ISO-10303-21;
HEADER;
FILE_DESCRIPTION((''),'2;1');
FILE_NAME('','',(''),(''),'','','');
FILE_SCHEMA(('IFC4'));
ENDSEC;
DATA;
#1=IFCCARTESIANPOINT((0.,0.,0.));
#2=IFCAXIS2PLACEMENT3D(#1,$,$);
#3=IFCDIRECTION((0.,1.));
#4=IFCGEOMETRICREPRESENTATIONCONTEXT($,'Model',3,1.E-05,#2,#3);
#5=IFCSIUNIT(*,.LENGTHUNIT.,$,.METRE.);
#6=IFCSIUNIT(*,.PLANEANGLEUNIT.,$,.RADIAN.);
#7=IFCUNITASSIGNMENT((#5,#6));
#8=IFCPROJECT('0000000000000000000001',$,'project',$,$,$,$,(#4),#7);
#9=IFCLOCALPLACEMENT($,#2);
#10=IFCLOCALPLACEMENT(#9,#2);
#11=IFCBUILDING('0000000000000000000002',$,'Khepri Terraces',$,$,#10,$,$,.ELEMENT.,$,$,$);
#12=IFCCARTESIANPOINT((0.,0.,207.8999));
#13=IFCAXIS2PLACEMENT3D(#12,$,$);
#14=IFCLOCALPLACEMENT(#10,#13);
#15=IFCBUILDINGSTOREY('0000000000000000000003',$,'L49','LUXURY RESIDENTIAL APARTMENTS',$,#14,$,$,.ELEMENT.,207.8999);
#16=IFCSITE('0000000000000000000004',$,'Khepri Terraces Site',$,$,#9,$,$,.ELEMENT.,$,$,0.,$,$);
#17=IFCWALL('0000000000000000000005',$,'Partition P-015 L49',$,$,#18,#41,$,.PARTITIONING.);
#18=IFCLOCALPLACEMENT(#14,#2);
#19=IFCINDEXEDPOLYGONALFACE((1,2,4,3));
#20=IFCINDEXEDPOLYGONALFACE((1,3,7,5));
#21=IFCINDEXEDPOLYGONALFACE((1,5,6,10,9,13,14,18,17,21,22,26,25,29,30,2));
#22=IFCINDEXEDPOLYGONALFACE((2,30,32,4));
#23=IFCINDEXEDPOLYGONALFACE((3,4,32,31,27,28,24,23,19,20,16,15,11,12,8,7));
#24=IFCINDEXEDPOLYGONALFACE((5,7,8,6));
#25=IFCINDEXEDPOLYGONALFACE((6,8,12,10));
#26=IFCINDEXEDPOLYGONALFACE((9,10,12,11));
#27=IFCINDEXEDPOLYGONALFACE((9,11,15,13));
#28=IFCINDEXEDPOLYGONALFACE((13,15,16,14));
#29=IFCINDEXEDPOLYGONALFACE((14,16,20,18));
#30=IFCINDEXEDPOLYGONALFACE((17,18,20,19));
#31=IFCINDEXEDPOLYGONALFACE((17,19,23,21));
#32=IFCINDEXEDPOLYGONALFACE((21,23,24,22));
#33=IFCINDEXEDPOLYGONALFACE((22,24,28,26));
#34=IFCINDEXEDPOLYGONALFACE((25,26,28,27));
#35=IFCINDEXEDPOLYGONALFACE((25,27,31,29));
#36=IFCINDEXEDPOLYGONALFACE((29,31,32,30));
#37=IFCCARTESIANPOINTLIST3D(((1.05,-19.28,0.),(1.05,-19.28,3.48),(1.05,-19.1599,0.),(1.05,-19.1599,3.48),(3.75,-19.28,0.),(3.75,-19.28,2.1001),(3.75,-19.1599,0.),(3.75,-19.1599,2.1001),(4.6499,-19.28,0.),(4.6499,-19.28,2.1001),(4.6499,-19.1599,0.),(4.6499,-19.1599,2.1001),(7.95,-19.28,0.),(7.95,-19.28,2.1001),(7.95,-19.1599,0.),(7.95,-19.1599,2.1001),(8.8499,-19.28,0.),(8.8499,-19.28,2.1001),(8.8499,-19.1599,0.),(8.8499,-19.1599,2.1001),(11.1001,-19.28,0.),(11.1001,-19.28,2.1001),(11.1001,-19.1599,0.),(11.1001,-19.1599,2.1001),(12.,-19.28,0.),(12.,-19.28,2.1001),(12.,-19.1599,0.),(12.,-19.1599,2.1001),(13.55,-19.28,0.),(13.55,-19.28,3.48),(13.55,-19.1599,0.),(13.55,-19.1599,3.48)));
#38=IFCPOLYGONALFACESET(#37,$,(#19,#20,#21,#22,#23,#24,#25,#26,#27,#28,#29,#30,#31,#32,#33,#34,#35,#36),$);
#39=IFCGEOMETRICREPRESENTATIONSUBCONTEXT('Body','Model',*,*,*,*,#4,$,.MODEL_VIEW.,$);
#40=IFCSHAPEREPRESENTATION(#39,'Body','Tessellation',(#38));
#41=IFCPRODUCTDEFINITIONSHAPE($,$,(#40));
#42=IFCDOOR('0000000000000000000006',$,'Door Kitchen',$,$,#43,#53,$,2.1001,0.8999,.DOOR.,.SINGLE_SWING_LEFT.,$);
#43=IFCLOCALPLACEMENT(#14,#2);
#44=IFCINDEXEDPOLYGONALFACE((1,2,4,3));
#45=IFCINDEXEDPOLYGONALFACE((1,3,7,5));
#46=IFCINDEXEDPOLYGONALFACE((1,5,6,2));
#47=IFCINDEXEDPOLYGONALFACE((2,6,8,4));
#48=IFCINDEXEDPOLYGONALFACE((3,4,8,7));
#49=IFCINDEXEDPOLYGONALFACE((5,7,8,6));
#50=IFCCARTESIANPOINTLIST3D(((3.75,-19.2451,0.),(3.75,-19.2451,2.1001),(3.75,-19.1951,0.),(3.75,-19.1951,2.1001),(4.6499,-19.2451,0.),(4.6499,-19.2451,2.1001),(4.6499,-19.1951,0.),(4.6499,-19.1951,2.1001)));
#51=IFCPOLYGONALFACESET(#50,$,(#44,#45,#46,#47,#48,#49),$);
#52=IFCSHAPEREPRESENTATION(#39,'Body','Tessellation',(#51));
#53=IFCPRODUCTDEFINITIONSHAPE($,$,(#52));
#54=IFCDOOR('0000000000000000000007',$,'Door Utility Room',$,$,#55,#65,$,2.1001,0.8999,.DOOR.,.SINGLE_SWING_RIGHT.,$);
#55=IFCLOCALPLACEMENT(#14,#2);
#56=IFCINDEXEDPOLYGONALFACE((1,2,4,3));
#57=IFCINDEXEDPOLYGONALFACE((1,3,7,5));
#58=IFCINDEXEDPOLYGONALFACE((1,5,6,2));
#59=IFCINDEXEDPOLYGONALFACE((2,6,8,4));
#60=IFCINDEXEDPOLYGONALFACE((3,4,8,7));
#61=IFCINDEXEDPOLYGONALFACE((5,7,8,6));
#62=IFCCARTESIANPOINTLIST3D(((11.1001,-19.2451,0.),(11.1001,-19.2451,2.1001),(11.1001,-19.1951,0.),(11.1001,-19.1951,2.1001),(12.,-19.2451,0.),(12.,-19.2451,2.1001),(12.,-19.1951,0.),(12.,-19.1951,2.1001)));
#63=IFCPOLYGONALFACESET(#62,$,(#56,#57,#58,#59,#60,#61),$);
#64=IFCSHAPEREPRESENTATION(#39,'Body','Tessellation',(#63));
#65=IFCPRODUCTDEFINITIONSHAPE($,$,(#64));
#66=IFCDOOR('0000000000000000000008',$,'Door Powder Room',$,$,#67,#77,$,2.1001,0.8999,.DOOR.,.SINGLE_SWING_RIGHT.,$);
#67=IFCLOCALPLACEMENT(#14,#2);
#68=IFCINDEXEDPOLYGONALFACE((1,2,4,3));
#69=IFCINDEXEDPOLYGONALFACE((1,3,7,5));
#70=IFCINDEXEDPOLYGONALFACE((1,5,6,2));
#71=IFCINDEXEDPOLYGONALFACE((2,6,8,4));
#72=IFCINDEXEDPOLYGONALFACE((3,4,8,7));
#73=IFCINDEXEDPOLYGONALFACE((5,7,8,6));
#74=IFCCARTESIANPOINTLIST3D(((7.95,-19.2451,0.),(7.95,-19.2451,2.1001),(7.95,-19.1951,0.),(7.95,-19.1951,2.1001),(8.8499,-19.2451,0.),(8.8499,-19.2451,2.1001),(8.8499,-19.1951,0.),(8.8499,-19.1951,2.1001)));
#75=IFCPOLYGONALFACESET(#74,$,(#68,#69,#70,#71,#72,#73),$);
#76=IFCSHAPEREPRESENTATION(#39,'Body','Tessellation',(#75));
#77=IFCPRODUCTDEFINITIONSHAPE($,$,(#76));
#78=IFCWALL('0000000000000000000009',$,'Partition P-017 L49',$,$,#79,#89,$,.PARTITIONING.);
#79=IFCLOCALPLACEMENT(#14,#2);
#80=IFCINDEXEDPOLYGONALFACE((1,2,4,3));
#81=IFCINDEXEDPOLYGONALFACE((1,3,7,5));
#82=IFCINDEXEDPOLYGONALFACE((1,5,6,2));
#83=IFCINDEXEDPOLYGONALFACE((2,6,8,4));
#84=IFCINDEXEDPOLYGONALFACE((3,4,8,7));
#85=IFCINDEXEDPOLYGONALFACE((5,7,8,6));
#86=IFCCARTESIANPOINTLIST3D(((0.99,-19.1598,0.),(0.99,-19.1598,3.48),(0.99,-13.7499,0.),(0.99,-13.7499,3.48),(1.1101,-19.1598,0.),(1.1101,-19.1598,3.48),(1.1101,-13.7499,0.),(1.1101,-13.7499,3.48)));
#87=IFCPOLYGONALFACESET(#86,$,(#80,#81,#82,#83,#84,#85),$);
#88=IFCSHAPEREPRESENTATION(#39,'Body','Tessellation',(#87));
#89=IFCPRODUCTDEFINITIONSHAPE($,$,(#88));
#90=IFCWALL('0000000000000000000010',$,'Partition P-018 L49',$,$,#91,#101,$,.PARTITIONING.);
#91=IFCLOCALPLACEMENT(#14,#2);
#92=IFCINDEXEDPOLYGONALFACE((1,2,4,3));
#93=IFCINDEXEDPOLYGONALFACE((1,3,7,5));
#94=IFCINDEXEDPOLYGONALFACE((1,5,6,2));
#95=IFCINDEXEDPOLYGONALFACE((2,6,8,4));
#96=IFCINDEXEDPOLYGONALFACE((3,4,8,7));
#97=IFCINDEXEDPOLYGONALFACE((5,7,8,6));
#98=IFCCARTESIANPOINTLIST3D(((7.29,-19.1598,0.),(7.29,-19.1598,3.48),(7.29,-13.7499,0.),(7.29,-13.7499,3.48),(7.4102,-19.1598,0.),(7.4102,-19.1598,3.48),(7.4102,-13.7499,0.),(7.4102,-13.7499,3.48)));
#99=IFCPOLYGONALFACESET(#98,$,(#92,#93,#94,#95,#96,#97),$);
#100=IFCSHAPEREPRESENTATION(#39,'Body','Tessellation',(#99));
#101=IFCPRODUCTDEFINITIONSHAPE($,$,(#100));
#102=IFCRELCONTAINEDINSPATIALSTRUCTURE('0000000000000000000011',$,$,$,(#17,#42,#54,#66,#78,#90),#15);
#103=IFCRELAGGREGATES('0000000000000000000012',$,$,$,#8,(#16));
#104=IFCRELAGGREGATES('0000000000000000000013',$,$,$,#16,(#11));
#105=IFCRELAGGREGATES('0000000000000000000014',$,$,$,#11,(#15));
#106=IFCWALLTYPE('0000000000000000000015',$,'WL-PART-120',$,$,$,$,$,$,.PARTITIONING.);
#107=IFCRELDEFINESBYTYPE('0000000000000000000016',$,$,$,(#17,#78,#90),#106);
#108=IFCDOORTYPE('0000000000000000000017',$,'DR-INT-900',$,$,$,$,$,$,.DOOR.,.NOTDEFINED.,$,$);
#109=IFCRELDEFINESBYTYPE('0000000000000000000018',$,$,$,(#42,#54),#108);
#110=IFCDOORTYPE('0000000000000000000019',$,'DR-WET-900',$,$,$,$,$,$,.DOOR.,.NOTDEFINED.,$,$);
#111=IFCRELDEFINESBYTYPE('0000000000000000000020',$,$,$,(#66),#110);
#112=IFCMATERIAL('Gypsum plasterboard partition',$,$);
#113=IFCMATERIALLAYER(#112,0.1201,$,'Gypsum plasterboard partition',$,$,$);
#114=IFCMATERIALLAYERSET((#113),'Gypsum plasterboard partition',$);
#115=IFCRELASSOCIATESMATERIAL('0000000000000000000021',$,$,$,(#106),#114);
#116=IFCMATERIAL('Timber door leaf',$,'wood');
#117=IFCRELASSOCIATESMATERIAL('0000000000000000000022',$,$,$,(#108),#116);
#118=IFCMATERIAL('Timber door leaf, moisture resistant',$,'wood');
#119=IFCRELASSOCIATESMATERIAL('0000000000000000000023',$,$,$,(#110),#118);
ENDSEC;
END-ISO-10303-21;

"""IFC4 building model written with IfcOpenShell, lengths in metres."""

from ifc_helpers import new_model, si_unit, direction, frame, frame_2d, origin, place, context, subcontext, project, spatial, rectangle, extrude, material, layer, layer_set, type_object, element, fill, save


model = new_model("IFC4")

# Units and contexts
model_context = context("Model", 3, precision=1e-05, world=origin(), true_north=direction((0.0, 1.0)))
body_context = subcontext(model_context, "Body", "Model", "MODEL_VIEW")
ifc_project = project(units=[si_unit("LENGTHUNIT", "METRE"), si_unit("PLANEANGLEUNIT", "RADIAN")], contexts=[model_context])

# Site, building, storey
site_placement = place(None, origin())
site = spatial("IfcSite", under=ifc_project, at=site_placement, Name="Khepri Terraces Site", CompositionType="ELEMENT", RefElevation=0.0)
building_placement = place(site_placement, origin())
building = spatial("IfcBuilding", under=site, at=building_placement, Name="Khepri Terraces", CompositionType="ELEMENT")
storey_placement = place(building_placement, frame((0.0, 0.0, 207.8999)))
storey = spatial("IfcBuildingStorey", under=building, at=storey_placement, Name="L49", Description="LUXURY RESIDENTIAL APARTMENTS", CompositionType="ELEMENT", Elevation=207.8999)

# Shared definitions
ifc_material_1 = material(Name="Gypsum plasterboard partition")
ifc_layer_1 = layer(ifc_material_1, 0.1201, Name="Gypsum plasterboard partition")
ifc_layer_set_1 = layer_set([ifc_layer_1], Name="Gypsum plasterboard partition")
wall_type_1 = type_object("IfcWallType", Name="WL-PART-120", PredefinedType="PARTITIONING", material=ifc_layer_set_1)

# Wall, openings, doors
wall_1_placement = place(storey_placement, frame((1.05, -19.22, 0.0), z_axis=(0.0, 0.0, 1.0), x_axis=(1.0, 0.0, 0.0)))
wall_1 = element("IfcWall", 1, at=wall_1_placement, inside=storey, type_object=wall_type_1, Name="Partition P-015 L49", PredefinedType="PARTITIONING", context=body_context, shape_type="SweptSolid", body=[
    extrude(rectangle(XDim=12.5, YDim=0.1201, at=frame_2d((6.25, 0.0))), origin(), (0.0, 0.0, 1.0), 3.48),
])
opening_1_placement = place(wall_1_placement, frame((2.7, 0.0, 0.0)))
opening_1 = element("IfcOpeningElement", 2, at=opening_1_placement, cuts=wall_1, PredefinedType="OPENING", context=body_context, shape_type="SweptSolid", body=[
    extrude(rectangle(XDim=0.8999, YDim=2.1001, at=frame_2d((0.45, 1.05))), frame((0.0, 0.0701, 0.0), z_axis=(0.0, -1.0, 0.0), x_axis=(1.0, 0.0, 0.0)), (0.0, 0.0, 1.0), 0.1401),
])
opening_2_placement = place(wall_1_placement, frame((6.8999, 0.0, 0.0)))
opening_2 = element("IfcOpeningElement", 3, at=opening_2_placement, cuts=wall_1, PredefinedType="OPENING", context=body_context, shape_type="SweptSolid", body=[
    extrude(rectangle(XDim=0.8999, YDim=2.1001, at=frame_2d((0.45, 1.05))), frame((0.0, 0.0701, 0.0), z_axis=(0.0, -1.0, 0.0), x_axis=(1.0, 0.0, 0.0)), (0.0, 0.0, 1.0), 0.1401),
])
opening_3_placement = place(wall_1_placement, frame((10.05, 0.0, 0.0)))
opening_3 = element("IfcOpeningElement", 4, at=opening_3_placement, cuts=wall_1, PredefinedType="OPENING", context=body_context, shape_type="SweptSolid", body=[
    extrude(rectangle(XDim=0.8999, YDim=2.1001, at=frame_2d((0.45, 1.05))), frame((0.0, 0.0701, 0.0), z_axis=(0.0, -1.0, 0.0), x_axis=(1.0, 0.0, 0.0)), (0.0, 0.0, 1.0), 0.1401),
])
ifc_material_2 = material(Name="Timber door leaf", Category="wood")
door_type_1 = type_object("IfcDoorType", Name="DR-INT-900", OperationType="NOTDEFINED", PredefinedType="DOOR", material=ifc_material_2)
door_1_placement = place(opening_1_placement, origin())
door_1 = element("IfcDoor", 5, at=door_1_placement, inside=storey, type_object=door_type_1, Name="Door Kitchen", OperationType="SINGLE_SWING_LEFT", OverallHeight=2.1001, OverallWidth=0.8999, PredefinedType="DOOR", context=body_context, shape_type="SweptSolid", body=[
    extrude(rectangle(XDim=0.8999, YDim=2.1001, at=frame_2d((0.45, 1.05))), frame((0.0, 0.0249, 0.0), z_axis=(0.0, -1.0, 0.0), x_axis=(1.0, 0.0, 0.0)), (0.0, 0.0, 1.0), 0.05),
])
fill(opening_1, door_1)
door_2_placement = place(opening_3_placement, origin())
door_2 = element("IfcDoor", 6, at=door_2_placement, inside=storey, type_object=door_type_1, Name="Door Utility Room", OperationType="SINGLE_SWING_RIGHT", OverallHeight=2.1001, OverallWidth=0.8999, PredefinedType="DOOR", context=body_context, shape_type="SweptSolid", body=[
    extrude(rectangle(XDim=0.8999, YDim=2.1001, at=frame_2d((0.45, 1.05))), frame((0.0, 0.0249, 0.0), z_axis=(0.0, -1.0, 0.0), x_axis=(1.0, 0.0, 0.0)), (0.0, 0.0, 1.0), 0.05),
])
fill(opening_3, door_2)
ifc_material_3 = material(Name="Timber door leaf, moisture resistant", Category="wood")
door_type_2 = type_object("IfcDoorType", Name="DR-WET-900", OperationType="NOTDEFINED", PredefinedType="DOOR", material=ifc_material_3)
door_3_placement = place(opening_2_placement, origin())
door_3 = element("IfcDoor", 7, at=door_3_placement, inside=storey, type_object=door_type_2, Name="Door Powder Room", OperationType="SINGLE_SWING_RIGHT", OverallHeight=2.1001, OverallWidth=0.8999, PredefinedType="DOOR", context=body_context, shape_type="SweptSolid", body=[
    extrude(rectangle(XDim=0.8999, YDim=2.1001, at=frame_2d((0.45, 1.05))), frame((0.0, 0.0249, 0.0), z_axis=(0.0, -1.0, 0.0), x_axis=(1.0, 0.0, 0.0)), (0.0, 0.0, 1.0), 0.05),
])
fill(opening_2, door_3)

# Walls
for number, where, z_axis, x_axis, name in (
    (8, (1.05, -19.1599, 0.0), (0.0, 0.0, 1.0), (0.0, 1.0, 0.0), "Partition P-017 L49"),
    (9, (7.3501, -19.1599, 0.0), (0.0, 0.0, 1.0), (0.0, 1.0, 0.0), "Partition P-018 L49"),
):
    element("IfcWall", number, at=place(storey_placement, frame(where, z_axis=z_axis, x_axis=x_axis)), inside=storey, type_object=wall_type_1, Name=name, PredefinedType="PARTITIONING", context=body_context, shape_type="SweptSolid", body=[
        extrude(rectangle(XDim=5.4099, YDim=0.1201, at=frame_2d((2.7051, 0.0))), origin(), (0.0, 0.0, 1.0), 3.48),
    ])

save(model, "model.ifc")
